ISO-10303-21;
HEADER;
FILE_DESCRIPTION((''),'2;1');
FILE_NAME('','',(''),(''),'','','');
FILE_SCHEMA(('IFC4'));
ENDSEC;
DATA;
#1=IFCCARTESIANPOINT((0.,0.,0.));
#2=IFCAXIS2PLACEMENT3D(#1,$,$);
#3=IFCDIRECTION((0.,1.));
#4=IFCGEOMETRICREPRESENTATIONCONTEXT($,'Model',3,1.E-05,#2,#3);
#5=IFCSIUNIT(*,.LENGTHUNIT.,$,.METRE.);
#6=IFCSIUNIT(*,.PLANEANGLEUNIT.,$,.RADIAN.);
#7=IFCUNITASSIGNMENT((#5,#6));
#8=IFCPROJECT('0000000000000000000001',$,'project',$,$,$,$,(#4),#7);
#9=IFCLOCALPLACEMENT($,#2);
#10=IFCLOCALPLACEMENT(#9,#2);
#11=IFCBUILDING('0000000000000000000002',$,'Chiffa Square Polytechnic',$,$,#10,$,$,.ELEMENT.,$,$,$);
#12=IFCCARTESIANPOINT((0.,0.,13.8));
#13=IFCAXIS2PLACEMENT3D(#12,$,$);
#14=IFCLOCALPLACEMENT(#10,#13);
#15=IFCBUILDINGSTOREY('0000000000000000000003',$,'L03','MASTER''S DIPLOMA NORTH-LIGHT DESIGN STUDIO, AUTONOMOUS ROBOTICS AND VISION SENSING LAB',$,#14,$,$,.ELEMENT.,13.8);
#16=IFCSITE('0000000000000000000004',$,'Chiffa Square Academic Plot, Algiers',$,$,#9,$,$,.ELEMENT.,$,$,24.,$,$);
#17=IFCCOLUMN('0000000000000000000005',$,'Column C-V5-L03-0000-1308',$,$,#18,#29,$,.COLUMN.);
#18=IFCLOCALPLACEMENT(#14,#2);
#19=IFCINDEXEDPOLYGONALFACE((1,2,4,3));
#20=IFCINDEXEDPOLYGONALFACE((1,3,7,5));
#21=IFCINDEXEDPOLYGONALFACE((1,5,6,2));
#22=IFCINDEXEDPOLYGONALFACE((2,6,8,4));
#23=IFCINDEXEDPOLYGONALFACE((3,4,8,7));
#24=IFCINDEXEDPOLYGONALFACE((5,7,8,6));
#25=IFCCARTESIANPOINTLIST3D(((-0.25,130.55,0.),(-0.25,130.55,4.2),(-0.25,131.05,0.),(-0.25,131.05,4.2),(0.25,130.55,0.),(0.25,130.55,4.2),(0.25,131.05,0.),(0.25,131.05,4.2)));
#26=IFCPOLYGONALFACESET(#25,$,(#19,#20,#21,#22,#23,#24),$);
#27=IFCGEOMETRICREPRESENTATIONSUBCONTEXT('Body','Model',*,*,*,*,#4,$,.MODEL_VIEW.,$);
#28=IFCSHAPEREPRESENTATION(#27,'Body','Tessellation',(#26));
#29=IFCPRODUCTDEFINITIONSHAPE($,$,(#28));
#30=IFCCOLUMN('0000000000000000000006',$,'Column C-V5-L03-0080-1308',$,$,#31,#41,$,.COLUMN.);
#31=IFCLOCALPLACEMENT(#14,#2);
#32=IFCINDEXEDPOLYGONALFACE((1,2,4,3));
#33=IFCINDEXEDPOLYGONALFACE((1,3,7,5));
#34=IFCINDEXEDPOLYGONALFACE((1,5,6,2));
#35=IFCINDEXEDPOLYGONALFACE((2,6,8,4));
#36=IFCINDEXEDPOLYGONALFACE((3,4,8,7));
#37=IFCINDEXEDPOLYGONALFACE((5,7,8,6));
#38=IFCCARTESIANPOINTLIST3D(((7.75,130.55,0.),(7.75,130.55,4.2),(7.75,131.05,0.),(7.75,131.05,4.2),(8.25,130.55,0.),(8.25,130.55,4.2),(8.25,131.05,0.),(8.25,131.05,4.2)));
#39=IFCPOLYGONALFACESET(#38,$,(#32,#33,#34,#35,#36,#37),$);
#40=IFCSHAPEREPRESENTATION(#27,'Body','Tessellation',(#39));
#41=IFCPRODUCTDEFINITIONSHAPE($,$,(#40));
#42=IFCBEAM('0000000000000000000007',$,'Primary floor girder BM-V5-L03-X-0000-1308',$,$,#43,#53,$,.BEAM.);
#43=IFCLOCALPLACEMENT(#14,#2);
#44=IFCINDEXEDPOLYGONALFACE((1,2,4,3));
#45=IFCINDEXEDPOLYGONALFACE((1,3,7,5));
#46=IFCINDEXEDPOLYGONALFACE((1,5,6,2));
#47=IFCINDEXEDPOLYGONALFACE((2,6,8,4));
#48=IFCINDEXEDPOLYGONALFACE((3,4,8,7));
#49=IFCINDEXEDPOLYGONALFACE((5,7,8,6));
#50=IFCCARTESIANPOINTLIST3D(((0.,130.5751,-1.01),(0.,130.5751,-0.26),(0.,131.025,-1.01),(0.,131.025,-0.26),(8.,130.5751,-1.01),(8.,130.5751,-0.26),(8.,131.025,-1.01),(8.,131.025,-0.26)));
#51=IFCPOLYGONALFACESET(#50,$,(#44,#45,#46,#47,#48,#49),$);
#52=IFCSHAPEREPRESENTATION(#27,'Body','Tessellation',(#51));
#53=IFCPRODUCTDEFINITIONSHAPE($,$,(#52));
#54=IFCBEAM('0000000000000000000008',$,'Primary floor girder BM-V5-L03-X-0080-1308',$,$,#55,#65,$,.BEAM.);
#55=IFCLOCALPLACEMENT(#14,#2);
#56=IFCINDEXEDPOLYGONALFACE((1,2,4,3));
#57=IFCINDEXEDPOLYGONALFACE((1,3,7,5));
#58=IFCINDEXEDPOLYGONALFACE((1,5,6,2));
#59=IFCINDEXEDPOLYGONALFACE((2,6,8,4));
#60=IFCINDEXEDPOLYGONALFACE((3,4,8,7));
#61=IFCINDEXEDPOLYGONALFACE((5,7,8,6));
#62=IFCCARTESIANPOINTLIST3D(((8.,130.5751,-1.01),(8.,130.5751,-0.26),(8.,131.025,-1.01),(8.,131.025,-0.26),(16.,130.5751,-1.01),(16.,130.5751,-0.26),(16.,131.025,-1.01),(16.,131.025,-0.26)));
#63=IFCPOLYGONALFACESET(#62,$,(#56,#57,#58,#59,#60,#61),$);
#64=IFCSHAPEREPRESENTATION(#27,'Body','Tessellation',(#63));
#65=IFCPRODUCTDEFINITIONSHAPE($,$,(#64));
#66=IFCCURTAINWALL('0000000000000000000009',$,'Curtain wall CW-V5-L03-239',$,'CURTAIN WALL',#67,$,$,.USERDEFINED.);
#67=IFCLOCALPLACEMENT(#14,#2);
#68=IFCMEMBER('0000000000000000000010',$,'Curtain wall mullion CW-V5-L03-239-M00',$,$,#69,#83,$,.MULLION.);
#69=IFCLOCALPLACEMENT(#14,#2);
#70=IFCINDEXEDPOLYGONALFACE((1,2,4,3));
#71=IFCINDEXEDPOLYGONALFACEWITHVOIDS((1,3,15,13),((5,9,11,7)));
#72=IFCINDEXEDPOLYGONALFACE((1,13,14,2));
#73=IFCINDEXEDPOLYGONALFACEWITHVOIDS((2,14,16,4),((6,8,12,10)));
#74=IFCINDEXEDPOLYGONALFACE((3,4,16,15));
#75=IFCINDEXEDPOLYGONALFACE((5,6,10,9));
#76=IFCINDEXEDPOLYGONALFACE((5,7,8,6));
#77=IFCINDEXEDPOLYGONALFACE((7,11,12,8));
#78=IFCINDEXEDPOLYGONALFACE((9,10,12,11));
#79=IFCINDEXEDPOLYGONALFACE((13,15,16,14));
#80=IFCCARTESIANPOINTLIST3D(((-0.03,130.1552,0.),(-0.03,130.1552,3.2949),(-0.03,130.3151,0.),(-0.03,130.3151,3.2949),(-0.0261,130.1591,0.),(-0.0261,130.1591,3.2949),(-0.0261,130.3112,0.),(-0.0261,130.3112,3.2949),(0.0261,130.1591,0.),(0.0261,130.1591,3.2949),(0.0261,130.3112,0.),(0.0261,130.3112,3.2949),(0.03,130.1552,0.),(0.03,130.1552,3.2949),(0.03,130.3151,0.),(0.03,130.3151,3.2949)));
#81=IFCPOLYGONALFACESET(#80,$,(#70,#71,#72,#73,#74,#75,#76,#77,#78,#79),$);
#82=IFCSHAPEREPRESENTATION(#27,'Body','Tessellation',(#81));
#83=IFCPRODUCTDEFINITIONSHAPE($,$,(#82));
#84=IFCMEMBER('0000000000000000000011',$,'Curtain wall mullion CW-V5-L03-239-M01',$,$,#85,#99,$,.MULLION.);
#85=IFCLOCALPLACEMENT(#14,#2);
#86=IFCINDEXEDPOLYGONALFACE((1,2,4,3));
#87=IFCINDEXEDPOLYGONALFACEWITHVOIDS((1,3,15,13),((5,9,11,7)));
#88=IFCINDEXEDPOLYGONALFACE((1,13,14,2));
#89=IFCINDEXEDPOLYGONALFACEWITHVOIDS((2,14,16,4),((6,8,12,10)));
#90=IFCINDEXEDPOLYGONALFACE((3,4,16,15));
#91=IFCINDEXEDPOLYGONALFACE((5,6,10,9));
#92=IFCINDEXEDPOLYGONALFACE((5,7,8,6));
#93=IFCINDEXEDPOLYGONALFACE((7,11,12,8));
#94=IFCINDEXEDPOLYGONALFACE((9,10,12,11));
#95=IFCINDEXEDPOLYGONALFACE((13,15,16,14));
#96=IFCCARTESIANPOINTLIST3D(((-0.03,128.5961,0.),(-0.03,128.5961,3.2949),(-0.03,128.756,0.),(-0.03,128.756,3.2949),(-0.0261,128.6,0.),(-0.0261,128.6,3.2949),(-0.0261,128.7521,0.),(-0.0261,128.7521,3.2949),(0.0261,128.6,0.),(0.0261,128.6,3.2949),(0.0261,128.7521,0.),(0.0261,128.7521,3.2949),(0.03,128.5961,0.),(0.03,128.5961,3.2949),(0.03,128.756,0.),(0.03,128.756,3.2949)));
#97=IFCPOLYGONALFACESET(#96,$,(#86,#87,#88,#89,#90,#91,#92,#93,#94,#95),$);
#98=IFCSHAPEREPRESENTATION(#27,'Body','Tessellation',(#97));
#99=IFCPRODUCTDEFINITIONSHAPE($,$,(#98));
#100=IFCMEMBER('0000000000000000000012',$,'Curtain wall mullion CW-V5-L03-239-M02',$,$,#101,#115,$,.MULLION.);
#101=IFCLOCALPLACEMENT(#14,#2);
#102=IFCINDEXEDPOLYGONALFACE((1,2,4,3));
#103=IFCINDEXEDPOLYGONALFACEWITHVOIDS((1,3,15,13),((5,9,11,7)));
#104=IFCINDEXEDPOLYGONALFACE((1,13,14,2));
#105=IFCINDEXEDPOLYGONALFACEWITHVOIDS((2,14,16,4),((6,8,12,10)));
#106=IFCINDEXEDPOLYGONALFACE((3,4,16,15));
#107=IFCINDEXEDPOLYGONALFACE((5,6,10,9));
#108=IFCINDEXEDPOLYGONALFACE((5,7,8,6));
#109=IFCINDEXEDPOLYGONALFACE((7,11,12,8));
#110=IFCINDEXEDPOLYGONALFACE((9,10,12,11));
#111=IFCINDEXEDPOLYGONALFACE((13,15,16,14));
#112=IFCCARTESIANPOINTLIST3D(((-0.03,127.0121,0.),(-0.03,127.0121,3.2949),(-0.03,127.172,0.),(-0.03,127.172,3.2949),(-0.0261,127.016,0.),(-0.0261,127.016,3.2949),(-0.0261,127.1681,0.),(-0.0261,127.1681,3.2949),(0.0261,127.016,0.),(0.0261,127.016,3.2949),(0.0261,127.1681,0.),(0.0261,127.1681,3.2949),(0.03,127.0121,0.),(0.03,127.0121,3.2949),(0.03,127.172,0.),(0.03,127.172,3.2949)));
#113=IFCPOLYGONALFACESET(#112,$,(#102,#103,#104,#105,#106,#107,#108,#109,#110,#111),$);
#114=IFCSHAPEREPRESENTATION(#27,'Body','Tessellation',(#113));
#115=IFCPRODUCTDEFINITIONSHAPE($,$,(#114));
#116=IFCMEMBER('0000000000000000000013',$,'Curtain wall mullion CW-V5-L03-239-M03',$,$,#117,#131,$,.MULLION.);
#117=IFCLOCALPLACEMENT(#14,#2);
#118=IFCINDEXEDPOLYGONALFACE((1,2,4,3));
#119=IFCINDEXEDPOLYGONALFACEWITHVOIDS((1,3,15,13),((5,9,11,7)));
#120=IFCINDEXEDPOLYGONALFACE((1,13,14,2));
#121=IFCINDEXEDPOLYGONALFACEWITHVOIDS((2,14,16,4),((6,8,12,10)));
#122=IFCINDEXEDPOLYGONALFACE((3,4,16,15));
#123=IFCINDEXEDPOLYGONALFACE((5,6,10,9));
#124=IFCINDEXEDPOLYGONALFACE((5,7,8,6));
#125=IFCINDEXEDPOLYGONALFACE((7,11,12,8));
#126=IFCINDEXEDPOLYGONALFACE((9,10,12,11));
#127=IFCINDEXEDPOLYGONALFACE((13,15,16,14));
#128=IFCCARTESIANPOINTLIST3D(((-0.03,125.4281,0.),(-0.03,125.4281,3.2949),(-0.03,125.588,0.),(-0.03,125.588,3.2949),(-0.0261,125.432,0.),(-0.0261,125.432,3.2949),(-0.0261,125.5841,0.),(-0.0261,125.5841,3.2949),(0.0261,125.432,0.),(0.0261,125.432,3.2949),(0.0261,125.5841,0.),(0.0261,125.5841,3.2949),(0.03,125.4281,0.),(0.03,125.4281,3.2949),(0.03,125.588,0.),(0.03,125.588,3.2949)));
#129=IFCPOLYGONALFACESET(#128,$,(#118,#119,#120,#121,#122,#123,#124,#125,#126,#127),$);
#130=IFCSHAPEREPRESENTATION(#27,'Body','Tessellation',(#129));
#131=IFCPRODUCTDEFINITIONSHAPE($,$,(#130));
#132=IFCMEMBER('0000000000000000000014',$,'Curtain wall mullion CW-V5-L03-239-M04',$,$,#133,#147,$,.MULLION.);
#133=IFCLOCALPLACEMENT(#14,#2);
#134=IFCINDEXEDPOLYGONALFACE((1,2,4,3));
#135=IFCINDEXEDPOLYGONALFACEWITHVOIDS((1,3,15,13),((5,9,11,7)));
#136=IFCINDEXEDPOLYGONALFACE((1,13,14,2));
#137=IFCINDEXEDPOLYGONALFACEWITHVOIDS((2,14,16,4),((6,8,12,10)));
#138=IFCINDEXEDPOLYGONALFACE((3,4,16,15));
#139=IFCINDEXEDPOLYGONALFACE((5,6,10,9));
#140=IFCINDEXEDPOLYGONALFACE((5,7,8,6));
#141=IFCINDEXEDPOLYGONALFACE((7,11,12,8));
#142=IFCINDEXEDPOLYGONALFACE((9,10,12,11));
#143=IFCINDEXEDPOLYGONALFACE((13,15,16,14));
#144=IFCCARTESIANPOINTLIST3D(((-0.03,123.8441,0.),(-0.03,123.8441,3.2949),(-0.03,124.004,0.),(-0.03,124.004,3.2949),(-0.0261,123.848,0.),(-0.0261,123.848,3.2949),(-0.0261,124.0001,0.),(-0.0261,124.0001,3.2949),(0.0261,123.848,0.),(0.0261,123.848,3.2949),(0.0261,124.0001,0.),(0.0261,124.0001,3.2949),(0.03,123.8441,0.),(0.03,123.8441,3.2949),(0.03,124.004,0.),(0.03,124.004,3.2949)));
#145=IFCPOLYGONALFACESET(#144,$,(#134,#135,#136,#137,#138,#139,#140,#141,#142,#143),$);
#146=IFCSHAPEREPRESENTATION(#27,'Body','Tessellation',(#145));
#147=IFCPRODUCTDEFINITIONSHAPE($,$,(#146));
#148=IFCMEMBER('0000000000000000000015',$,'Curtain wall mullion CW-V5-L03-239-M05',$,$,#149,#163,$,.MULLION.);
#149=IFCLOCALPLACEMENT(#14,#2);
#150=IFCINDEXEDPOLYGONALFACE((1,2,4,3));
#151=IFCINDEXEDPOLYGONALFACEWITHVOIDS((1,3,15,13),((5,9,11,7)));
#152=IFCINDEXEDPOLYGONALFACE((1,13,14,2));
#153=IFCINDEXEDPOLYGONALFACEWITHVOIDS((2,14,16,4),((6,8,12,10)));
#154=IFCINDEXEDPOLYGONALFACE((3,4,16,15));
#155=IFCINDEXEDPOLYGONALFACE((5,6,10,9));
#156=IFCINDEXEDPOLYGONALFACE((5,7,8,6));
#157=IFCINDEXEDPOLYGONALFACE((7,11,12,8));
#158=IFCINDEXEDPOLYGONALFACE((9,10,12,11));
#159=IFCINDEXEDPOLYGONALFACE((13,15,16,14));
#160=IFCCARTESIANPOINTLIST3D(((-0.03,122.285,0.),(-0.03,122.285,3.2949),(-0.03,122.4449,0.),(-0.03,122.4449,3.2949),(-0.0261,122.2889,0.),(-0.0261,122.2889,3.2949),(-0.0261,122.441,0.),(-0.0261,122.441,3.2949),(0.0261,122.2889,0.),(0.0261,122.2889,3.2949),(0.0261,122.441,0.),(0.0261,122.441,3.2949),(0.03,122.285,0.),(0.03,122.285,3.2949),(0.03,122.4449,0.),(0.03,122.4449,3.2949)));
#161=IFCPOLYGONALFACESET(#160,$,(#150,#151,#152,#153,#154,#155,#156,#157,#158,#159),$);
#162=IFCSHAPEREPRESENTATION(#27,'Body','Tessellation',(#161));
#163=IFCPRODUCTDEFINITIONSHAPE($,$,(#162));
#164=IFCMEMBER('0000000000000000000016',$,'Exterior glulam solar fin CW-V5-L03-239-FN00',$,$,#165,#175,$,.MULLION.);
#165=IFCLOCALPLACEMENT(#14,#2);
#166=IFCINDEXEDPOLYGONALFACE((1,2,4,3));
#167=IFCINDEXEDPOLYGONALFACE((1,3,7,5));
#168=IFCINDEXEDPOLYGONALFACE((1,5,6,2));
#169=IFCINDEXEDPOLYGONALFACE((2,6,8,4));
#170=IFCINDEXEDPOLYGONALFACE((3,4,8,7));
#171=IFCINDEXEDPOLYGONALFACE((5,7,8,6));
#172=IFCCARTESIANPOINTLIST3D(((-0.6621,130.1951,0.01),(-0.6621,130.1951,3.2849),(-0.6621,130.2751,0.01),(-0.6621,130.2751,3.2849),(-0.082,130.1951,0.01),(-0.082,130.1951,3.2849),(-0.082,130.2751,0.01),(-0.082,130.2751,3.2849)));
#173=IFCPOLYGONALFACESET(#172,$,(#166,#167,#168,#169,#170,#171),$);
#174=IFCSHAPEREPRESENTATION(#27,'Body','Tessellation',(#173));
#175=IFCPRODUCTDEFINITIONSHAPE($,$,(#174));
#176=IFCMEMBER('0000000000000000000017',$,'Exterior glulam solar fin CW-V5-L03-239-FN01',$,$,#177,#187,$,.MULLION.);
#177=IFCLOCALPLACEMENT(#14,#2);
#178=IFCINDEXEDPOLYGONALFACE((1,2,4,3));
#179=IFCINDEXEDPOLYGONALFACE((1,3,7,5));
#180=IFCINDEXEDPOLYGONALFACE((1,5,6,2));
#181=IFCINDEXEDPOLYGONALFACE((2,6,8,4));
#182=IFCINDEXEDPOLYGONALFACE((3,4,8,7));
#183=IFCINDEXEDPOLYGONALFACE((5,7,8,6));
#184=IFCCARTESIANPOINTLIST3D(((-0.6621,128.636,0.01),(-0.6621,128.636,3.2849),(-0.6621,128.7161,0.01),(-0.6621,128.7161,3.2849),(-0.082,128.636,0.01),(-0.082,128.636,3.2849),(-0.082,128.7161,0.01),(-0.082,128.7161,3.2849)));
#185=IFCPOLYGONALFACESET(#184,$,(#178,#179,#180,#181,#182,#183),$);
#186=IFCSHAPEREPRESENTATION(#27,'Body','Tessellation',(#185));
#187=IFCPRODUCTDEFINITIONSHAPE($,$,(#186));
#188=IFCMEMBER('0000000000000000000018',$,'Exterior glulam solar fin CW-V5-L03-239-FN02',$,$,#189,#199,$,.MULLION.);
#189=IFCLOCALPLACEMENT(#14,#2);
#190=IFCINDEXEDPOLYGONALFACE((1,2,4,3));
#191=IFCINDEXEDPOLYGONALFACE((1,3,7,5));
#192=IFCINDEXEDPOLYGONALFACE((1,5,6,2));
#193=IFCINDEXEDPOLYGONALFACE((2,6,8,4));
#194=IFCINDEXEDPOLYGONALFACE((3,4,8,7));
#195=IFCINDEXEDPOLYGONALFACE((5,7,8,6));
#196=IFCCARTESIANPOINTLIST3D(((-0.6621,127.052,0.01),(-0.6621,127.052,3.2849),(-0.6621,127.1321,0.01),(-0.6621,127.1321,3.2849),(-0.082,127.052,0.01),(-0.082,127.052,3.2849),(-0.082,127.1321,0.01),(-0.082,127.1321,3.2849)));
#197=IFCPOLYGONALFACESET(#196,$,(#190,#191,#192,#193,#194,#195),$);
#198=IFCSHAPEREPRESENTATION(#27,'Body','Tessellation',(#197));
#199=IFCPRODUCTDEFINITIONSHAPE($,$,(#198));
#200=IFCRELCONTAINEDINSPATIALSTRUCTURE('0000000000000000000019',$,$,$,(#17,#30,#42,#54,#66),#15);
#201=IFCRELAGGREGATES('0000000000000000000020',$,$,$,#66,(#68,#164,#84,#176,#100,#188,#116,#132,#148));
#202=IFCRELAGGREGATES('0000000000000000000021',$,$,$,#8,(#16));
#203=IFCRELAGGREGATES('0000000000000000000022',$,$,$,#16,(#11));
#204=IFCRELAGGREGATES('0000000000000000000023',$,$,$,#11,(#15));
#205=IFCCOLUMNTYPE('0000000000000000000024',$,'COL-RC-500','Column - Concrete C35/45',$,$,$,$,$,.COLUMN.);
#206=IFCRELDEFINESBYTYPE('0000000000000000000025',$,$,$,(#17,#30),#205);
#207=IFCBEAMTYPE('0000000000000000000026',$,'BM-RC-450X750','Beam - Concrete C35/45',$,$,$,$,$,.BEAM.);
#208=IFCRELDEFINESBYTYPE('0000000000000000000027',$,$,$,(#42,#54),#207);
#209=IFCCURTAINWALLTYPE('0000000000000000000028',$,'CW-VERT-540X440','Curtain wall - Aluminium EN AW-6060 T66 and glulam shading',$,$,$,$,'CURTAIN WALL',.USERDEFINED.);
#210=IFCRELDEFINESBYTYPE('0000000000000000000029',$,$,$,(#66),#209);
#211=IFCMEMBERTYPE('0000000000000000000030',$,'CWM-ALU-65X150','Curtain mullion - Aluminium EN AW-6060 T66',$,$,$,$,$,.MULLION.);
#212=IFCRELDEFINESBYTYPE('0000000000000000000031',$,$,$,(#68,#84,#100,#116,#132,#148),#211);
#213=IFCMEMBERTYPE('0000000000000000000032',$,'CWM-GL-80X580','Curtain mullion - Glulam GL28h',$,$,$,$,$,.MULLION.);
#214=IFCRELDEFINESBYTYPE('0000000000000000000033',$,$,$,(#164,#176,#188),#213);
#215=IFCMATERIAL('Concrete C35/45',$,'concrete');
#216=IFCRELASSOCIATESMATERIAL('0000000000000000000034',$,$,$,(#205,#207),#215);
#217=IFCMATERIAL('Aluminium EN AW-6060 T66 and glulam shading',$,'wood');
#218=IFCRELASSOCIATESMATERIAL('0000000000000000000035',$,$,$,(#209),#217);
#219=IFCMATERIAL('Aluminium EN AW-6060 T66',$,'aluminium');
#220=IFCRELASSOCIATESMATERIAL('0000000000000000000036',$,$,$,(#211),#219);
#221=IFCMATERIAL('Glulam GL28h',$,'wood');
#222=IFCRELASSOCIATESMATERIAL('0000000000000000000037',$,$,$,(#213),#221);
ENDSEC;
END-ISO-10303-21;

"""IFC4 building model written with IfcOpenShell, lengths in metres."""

from ifc_helpers import new_model, si_unit, direction, frame, origin, origin_2d, place, context, subcontext, project, spatial, rectangle, hollow_rectangle, extrude, material, material_profile, profile_set, type_object, element, aggregate, save


model = new_model("IFC4")

# Units and contexts
model_context = context("Model", 3, precision=1e-05, world=origin(), true_north=direction((0.0, 1.0)))
body_context = subcontext(model_context, "Body", "Model", "MODEL_VIEW")
ifc_project = project(units=[si_unit("LENGTHUNIT", "METRE"), si_unit("PLANEANGLEUNIT", "RADIAN")], contexts=[model_context])

# Site, building, storey
site_placement = place(None, origin())
site = spatial("IfcSite", under=ifc_project, at=site_placement, Name="Chiffa Square Academic Plot, Algiers", CompositionType="ELEMENT", RefElevation=24.0)
building_placement = place(site_placement, origin())
building = spatial("IfcBuilding", under=site, at=building_placement, Name="Chiffa Square Polytechnic", CompositionType="ELEMENT")
storey_placement = place(building_placement, frame((0.0, 0.0, 13.8)))
storey = spatial("IfcBuildingStorey", under=building, at=storey_placement, Name="L03", Description="MASTER'S DIPLOMA NORTH-LIGHT DESIGN STUDIO, AUTONOMOUS ROBOTICS AND VISION SENSING LAB", CompositionType="ELEMENT", Elevation=13.8)

# Columns
ifc_material_1 = material(Name="Concrete C35/45", Category="concrete")
ifc_material_profile_1 = material_profile(ifc_material_1, rectangle(XDim=0.5, YDim=0.5, at=origin_2d()), Name="RC 500x500")
ifc_profile_set_1 = profile_set([ifc_material_profile_1], Name="Concrete C35/45")
column_type = type_object("IfcColumnType", Name="COL-RC-500", Description="Column - Concrete C35/45", PredefinedType="COLUMN", material=ifc_profile_set_1)
for number, where, z_axis, x_axis, name in (
    (1, (0.0, 130.8, 0.0), (0.0, 0.0, 1.0), (1.0, 0.0, 0.0), "Column C-V5-L03-0000-1308"),
    (2, (8.0, 130.8, 0.0), (0.0, 0.0, 1.0), (1.0, 0.0, 0.0), "Column C-V5-L03-0080-1308"),
):
    element("IfcColumn", number, at=place(storey_placement, frame(where, z_axis=z_axis, x_axis=x_axis)), inside=storey, type_object=column_type, Name=name, PredefinedType="COLUMN", context=body_context, shape_type="SweptSolid", body=[
        extrude(rectangle(XDim=0.5, YDim=0.5, at=origin_2d()), origin(), (0.0, 0.0, 1.0), 4.2),
    ])

# Beams
ifc_material_profile_2 = material_profile(ifc_material_1, rectangle(XDim=0.45, YDim=0.75, at=origin_2d()), Name="RC 450x750")
ifc_profile_set_2 = profile_set([ifc_material_profile_2], Name="Concrete C35/45")
beam_type_1 = type_object("IfcBeamType", Name="BM-RC-450X750", Description="Beam - Concrete C35/45", PredefinedType="BEAM", material=ifc_profile_set_2)
for number, where, z_axis, x_axis, name in (
    (3, (0.0, 130.8, -0.635), (1.0, 0.0, 0.0), (0.0, 1.0, 0.0), "Primary floor girder BM-V5-L03-X-0000-1308"),
    (4, (8.0, 130.8, -0.635), (1.0, 0.0, 0.0), (0.0, 1.0, 0.0), "Primary floor girder BM-V5-L03-X-0080-1308"),
):
    element("IfcBeam", number, at=place(storey_placement, frame(where, z_axis=z_axis, x_axis=x_axis)), inside=storey, type_object=beam_type_1, Name=name, PredefinedType="BEAM", context=body_context, shape_type="SweptSolid", body=[
        extrude(rectangle(XDim=0.45, YDim=0.75, at=origin_2d()), origin(), (0.0, 0.0, 1.0), 8.0),
    ])

# Curtain wall, members
ifc_material_2 = material(Name="Aluminium EN AW-6060 T66 and glulam shading", Category="wood")
curtain_wall_type = type_object("IfcCurtainWallType", Name="CW-VERT-540X440", Description="Curtain wall - Aluminium EN AW-6060 T66 and glulam shading", ElementType="CURTAIN WALL", PredefinedType="USERDEFINED", material=ifc_material_2)
curtain_wall_placement = place(storey_placement, origin())
curtain_wall = element("IfcCurtainWall", 5, at=curtain_wall_placement, inside=storey, type_object=curtain_wall_type, Name="Curtain wall CW-V5-L03-239", ObjectType="CURTAIN WALL", PredefinedType="USERDEFINED")
ifc_material_3 = material(Name="Aluminium EN AW-6060 T66", Category="aluminium")
ifc_material_profile_3 = material_profile(ifc_material_3, hollow_rectangle(XDim=0.0601, YDim=0.1599, WallThickness=0.0039, at=origin_2d()), Name="ALU 60x160x4")
ifc_profile_set_3 = profile_set([ifc_material_profile_3], Name="Aluminium EN AW-6060 T66")
member_type_1 = type_object("IfcMemberType", Name="CWM-ALU-65X150", Description="Curtain mullion - Aluminium EN AW-6060 T66", PredefinedType="MULLION", material=ifc_profile_set_3)
member_1_placement = place(storey_placement, frame((0.0, 130.2351, 0.0), z_axis=(0.0, 0.0, 1.0), x_axis=(1.0, 0.0, 0.0)))
member_1 = element("IfcMember", 6, at=member_1_placement, type_object=member_type_1, Name="Curtain wall mullion CW-V5-L03-239-M00", PredefinedType="MULLION", context=body_context, shape_type="SweptSolid", body=[
    extrude(hollow_rectangle(XDim=0.0601, YDim=0.1599, WallThickness=0.0039, at=origin_2d()), origin(), (0.0, 0.0, 1.0), 3.2949),
])
member_2_placement = place(storey_placement, frame((0.0, 128.676, 0.0), z_axis=(0.0, 0.0, 1.0), x_axis=(1.0, 0.0, 0.0)))
member_2 = element("IfcMember", 7, at=member_2_placement, type_object=member_type_1, Name="Curtain wall mullion CW-V5-L03-239-M01", PredefinedType="MULLION", context=body_context, shape_type="SweptSolid", body=[
    extrude(hollow_rectangle(XDim=0.0601, YDim=0.1599, WallThickness=0.0039, at=origin_2d()), origin(), (0.0, 0.0, 1.0), 3.2949),
])
member_3_placement = place(storey_placement, frame((0.0, 127.092, 0.0), z_axis=(0.0, 0.0, 1.0), x_axis=(1.0, 0.0, 0.0)))
member_3 = element("IfcMember", 8, at=member_3_placement, type_object=member_type_1, Name="Curtain wall mullion CW-V5-L03-239-M02", PredefinedType="MULLION", context=body_context, shape_type="SweptSolid", body=[
    extrude(hollow_rectangle(XDim=0.0601, YDim=0.1599, WallThickness=0.0039, at=origin_2d()), origin(), (0.0, 0.0, 1.0), 3.2949),
])
member_4_placement = place(storey_placement, frame((0.0, 125.5081, 0.0), z_axis=(0.0, 0.0, 1.0), x_axis=(1.0, 0.0, 0.0)))
member_4 = element("IfcMember", 9, at=member_4_placement, type_object=member_type_1, Name="Curtain wall mullion CW-V5-L03-239-M03", PredefinedType="MULLION", context=body_context, shape_type="SweptSolid", body=[
    extrude(hollow_rectangle(XDim=0.0601, YDim=0.1599, WallThickness=0.0039, at=origin_2d()), origin(), (0.0, 0.0, 1.0), 3.2949),
])
member_5_placement = place(storey_placement, frame((0.0, 123.9241, 0.0), z_axis=(0.0, 0.0, 1.0), x_axis=(1.0, 0.0, 0.0)))
member_5 = element("IfcMember", 10, at=member_5_placement, type_object=member_type_1, Name="Curtain wall mullion CW-V5-L03-239-M04", PredefinedType="MULLION", context=body_context, shape_type="SweptSolid", body=[
    extrude(hollow_rectangle(XDim=0.0601, YDim=0.1599, WallThickness=0.0039, at=origin_2d()), origin(), (0.0, 0.0, 1.0), 3.2949),
])
member_6_placement = place(storey_placement, frame((0.0, 122.365, 0.0), z_axis=(0.0, 0.0, 1.0), x_axis=(1.0, 0.0, 0.0)))
member_6 = element("IfcMember", 11, at=member_6_placement, type_object=member_type_1, Name="Curtain wall mullion CW-V5-L03-239-M05", PredefinedType="MULLION", context=body_context, shape_type="SweptSolid", body=[
    extrude(hollow_rectangle(XDim=0.0601, YDim=0.1599, WallThickness=0.0039, at=origin_2d()), origin(), (0.0, 0.0, 1.0), 3.2949),
])
ifc_material_4 = material(Name="Glulam GL28h", Category="wood")
ifc_material_profile_4 = material_profile(ifc_material_4, rectangle(XDim=0.0801, YDim=0.5801, at=origin_2d()), Name="GL28h 80x580")
ifc_profile_set_4 = profile_set([ifc_material_profile_4], Name="Glulam GL28h")
member_type_2 = type_object("IfcMemberType", Name="CWM-GL-80X580", Description="Curtain mullion - Glulam GL28h", PredefinedType="MULLION", material=ifc_profile_set_4)
member_7_placement = place(storey_placement, frame((-0.3721, 130.2351, 0.01), z_axis=(0.0, 0.0, 1.0), x_axis=(0.0, -1.0, 0.0)))
member_7 = element("IfcMember", 12, at=member_7_placement, type_object=member_type_2, Name="Exterior glulam solar fin CW-V5-L03-239-FN00", PredefinedType="MULLION", context=body_context, shape_type="SweptSolid", body=[
    extrude(rectangle(XDim=0.0801, YDim=0.5801, at=origin_2d()), origin(), (0.0, 0.0, 1.0), 3.2749),
])
member_8_placement = place(storey_placement, frame((-0.3721, 128.676, 0.01), z_axis=(0.0, 0.0, 1.0), x_axis=(0.0, -1.0, 0.0)))
member_8 = element("IfcMember", 13, at=member_8_placement, type_object=member_type_2, Name="Exterior glulam solar fin CW-V5-L03-239-FN01", PredefinedType="MULLION", context=body_context, shape_type="SweptSolid", body=[
    extrude(rectangle(XDim=0.0801, YDim=0.5801, at=origin_2d()), origin(), (0.0, 0.0, 1.0), 3.2749),
])
member_9_placement = place(storey_placement, frame((-0.3721, 127.092, 0.01), z_axis=(0.0, 0.0, 1.0), x_axis=(0.0, -1.0, 0.0)))
member_9 = element("IfcMember", 14, at=member_9_placement, type_object=member_type_2, Name="Exterior glulam solar fin CW-V5-L03-239-FN02", PredefinedType="MULLION", context=body_context, shape_type="SweptSolid", body=[
    extrude(rectangle(XDim=0.0801, YDim=0.5801, at=origin_2d()), origin(), (0.0, 0.0, 1.0), 3.2749),
])

aggregate(curtain_wall, [member_1, member_7, member_2, member_8, member_3, member_9, member_4, member_5, member_6])

save(model, "model.ifc")
